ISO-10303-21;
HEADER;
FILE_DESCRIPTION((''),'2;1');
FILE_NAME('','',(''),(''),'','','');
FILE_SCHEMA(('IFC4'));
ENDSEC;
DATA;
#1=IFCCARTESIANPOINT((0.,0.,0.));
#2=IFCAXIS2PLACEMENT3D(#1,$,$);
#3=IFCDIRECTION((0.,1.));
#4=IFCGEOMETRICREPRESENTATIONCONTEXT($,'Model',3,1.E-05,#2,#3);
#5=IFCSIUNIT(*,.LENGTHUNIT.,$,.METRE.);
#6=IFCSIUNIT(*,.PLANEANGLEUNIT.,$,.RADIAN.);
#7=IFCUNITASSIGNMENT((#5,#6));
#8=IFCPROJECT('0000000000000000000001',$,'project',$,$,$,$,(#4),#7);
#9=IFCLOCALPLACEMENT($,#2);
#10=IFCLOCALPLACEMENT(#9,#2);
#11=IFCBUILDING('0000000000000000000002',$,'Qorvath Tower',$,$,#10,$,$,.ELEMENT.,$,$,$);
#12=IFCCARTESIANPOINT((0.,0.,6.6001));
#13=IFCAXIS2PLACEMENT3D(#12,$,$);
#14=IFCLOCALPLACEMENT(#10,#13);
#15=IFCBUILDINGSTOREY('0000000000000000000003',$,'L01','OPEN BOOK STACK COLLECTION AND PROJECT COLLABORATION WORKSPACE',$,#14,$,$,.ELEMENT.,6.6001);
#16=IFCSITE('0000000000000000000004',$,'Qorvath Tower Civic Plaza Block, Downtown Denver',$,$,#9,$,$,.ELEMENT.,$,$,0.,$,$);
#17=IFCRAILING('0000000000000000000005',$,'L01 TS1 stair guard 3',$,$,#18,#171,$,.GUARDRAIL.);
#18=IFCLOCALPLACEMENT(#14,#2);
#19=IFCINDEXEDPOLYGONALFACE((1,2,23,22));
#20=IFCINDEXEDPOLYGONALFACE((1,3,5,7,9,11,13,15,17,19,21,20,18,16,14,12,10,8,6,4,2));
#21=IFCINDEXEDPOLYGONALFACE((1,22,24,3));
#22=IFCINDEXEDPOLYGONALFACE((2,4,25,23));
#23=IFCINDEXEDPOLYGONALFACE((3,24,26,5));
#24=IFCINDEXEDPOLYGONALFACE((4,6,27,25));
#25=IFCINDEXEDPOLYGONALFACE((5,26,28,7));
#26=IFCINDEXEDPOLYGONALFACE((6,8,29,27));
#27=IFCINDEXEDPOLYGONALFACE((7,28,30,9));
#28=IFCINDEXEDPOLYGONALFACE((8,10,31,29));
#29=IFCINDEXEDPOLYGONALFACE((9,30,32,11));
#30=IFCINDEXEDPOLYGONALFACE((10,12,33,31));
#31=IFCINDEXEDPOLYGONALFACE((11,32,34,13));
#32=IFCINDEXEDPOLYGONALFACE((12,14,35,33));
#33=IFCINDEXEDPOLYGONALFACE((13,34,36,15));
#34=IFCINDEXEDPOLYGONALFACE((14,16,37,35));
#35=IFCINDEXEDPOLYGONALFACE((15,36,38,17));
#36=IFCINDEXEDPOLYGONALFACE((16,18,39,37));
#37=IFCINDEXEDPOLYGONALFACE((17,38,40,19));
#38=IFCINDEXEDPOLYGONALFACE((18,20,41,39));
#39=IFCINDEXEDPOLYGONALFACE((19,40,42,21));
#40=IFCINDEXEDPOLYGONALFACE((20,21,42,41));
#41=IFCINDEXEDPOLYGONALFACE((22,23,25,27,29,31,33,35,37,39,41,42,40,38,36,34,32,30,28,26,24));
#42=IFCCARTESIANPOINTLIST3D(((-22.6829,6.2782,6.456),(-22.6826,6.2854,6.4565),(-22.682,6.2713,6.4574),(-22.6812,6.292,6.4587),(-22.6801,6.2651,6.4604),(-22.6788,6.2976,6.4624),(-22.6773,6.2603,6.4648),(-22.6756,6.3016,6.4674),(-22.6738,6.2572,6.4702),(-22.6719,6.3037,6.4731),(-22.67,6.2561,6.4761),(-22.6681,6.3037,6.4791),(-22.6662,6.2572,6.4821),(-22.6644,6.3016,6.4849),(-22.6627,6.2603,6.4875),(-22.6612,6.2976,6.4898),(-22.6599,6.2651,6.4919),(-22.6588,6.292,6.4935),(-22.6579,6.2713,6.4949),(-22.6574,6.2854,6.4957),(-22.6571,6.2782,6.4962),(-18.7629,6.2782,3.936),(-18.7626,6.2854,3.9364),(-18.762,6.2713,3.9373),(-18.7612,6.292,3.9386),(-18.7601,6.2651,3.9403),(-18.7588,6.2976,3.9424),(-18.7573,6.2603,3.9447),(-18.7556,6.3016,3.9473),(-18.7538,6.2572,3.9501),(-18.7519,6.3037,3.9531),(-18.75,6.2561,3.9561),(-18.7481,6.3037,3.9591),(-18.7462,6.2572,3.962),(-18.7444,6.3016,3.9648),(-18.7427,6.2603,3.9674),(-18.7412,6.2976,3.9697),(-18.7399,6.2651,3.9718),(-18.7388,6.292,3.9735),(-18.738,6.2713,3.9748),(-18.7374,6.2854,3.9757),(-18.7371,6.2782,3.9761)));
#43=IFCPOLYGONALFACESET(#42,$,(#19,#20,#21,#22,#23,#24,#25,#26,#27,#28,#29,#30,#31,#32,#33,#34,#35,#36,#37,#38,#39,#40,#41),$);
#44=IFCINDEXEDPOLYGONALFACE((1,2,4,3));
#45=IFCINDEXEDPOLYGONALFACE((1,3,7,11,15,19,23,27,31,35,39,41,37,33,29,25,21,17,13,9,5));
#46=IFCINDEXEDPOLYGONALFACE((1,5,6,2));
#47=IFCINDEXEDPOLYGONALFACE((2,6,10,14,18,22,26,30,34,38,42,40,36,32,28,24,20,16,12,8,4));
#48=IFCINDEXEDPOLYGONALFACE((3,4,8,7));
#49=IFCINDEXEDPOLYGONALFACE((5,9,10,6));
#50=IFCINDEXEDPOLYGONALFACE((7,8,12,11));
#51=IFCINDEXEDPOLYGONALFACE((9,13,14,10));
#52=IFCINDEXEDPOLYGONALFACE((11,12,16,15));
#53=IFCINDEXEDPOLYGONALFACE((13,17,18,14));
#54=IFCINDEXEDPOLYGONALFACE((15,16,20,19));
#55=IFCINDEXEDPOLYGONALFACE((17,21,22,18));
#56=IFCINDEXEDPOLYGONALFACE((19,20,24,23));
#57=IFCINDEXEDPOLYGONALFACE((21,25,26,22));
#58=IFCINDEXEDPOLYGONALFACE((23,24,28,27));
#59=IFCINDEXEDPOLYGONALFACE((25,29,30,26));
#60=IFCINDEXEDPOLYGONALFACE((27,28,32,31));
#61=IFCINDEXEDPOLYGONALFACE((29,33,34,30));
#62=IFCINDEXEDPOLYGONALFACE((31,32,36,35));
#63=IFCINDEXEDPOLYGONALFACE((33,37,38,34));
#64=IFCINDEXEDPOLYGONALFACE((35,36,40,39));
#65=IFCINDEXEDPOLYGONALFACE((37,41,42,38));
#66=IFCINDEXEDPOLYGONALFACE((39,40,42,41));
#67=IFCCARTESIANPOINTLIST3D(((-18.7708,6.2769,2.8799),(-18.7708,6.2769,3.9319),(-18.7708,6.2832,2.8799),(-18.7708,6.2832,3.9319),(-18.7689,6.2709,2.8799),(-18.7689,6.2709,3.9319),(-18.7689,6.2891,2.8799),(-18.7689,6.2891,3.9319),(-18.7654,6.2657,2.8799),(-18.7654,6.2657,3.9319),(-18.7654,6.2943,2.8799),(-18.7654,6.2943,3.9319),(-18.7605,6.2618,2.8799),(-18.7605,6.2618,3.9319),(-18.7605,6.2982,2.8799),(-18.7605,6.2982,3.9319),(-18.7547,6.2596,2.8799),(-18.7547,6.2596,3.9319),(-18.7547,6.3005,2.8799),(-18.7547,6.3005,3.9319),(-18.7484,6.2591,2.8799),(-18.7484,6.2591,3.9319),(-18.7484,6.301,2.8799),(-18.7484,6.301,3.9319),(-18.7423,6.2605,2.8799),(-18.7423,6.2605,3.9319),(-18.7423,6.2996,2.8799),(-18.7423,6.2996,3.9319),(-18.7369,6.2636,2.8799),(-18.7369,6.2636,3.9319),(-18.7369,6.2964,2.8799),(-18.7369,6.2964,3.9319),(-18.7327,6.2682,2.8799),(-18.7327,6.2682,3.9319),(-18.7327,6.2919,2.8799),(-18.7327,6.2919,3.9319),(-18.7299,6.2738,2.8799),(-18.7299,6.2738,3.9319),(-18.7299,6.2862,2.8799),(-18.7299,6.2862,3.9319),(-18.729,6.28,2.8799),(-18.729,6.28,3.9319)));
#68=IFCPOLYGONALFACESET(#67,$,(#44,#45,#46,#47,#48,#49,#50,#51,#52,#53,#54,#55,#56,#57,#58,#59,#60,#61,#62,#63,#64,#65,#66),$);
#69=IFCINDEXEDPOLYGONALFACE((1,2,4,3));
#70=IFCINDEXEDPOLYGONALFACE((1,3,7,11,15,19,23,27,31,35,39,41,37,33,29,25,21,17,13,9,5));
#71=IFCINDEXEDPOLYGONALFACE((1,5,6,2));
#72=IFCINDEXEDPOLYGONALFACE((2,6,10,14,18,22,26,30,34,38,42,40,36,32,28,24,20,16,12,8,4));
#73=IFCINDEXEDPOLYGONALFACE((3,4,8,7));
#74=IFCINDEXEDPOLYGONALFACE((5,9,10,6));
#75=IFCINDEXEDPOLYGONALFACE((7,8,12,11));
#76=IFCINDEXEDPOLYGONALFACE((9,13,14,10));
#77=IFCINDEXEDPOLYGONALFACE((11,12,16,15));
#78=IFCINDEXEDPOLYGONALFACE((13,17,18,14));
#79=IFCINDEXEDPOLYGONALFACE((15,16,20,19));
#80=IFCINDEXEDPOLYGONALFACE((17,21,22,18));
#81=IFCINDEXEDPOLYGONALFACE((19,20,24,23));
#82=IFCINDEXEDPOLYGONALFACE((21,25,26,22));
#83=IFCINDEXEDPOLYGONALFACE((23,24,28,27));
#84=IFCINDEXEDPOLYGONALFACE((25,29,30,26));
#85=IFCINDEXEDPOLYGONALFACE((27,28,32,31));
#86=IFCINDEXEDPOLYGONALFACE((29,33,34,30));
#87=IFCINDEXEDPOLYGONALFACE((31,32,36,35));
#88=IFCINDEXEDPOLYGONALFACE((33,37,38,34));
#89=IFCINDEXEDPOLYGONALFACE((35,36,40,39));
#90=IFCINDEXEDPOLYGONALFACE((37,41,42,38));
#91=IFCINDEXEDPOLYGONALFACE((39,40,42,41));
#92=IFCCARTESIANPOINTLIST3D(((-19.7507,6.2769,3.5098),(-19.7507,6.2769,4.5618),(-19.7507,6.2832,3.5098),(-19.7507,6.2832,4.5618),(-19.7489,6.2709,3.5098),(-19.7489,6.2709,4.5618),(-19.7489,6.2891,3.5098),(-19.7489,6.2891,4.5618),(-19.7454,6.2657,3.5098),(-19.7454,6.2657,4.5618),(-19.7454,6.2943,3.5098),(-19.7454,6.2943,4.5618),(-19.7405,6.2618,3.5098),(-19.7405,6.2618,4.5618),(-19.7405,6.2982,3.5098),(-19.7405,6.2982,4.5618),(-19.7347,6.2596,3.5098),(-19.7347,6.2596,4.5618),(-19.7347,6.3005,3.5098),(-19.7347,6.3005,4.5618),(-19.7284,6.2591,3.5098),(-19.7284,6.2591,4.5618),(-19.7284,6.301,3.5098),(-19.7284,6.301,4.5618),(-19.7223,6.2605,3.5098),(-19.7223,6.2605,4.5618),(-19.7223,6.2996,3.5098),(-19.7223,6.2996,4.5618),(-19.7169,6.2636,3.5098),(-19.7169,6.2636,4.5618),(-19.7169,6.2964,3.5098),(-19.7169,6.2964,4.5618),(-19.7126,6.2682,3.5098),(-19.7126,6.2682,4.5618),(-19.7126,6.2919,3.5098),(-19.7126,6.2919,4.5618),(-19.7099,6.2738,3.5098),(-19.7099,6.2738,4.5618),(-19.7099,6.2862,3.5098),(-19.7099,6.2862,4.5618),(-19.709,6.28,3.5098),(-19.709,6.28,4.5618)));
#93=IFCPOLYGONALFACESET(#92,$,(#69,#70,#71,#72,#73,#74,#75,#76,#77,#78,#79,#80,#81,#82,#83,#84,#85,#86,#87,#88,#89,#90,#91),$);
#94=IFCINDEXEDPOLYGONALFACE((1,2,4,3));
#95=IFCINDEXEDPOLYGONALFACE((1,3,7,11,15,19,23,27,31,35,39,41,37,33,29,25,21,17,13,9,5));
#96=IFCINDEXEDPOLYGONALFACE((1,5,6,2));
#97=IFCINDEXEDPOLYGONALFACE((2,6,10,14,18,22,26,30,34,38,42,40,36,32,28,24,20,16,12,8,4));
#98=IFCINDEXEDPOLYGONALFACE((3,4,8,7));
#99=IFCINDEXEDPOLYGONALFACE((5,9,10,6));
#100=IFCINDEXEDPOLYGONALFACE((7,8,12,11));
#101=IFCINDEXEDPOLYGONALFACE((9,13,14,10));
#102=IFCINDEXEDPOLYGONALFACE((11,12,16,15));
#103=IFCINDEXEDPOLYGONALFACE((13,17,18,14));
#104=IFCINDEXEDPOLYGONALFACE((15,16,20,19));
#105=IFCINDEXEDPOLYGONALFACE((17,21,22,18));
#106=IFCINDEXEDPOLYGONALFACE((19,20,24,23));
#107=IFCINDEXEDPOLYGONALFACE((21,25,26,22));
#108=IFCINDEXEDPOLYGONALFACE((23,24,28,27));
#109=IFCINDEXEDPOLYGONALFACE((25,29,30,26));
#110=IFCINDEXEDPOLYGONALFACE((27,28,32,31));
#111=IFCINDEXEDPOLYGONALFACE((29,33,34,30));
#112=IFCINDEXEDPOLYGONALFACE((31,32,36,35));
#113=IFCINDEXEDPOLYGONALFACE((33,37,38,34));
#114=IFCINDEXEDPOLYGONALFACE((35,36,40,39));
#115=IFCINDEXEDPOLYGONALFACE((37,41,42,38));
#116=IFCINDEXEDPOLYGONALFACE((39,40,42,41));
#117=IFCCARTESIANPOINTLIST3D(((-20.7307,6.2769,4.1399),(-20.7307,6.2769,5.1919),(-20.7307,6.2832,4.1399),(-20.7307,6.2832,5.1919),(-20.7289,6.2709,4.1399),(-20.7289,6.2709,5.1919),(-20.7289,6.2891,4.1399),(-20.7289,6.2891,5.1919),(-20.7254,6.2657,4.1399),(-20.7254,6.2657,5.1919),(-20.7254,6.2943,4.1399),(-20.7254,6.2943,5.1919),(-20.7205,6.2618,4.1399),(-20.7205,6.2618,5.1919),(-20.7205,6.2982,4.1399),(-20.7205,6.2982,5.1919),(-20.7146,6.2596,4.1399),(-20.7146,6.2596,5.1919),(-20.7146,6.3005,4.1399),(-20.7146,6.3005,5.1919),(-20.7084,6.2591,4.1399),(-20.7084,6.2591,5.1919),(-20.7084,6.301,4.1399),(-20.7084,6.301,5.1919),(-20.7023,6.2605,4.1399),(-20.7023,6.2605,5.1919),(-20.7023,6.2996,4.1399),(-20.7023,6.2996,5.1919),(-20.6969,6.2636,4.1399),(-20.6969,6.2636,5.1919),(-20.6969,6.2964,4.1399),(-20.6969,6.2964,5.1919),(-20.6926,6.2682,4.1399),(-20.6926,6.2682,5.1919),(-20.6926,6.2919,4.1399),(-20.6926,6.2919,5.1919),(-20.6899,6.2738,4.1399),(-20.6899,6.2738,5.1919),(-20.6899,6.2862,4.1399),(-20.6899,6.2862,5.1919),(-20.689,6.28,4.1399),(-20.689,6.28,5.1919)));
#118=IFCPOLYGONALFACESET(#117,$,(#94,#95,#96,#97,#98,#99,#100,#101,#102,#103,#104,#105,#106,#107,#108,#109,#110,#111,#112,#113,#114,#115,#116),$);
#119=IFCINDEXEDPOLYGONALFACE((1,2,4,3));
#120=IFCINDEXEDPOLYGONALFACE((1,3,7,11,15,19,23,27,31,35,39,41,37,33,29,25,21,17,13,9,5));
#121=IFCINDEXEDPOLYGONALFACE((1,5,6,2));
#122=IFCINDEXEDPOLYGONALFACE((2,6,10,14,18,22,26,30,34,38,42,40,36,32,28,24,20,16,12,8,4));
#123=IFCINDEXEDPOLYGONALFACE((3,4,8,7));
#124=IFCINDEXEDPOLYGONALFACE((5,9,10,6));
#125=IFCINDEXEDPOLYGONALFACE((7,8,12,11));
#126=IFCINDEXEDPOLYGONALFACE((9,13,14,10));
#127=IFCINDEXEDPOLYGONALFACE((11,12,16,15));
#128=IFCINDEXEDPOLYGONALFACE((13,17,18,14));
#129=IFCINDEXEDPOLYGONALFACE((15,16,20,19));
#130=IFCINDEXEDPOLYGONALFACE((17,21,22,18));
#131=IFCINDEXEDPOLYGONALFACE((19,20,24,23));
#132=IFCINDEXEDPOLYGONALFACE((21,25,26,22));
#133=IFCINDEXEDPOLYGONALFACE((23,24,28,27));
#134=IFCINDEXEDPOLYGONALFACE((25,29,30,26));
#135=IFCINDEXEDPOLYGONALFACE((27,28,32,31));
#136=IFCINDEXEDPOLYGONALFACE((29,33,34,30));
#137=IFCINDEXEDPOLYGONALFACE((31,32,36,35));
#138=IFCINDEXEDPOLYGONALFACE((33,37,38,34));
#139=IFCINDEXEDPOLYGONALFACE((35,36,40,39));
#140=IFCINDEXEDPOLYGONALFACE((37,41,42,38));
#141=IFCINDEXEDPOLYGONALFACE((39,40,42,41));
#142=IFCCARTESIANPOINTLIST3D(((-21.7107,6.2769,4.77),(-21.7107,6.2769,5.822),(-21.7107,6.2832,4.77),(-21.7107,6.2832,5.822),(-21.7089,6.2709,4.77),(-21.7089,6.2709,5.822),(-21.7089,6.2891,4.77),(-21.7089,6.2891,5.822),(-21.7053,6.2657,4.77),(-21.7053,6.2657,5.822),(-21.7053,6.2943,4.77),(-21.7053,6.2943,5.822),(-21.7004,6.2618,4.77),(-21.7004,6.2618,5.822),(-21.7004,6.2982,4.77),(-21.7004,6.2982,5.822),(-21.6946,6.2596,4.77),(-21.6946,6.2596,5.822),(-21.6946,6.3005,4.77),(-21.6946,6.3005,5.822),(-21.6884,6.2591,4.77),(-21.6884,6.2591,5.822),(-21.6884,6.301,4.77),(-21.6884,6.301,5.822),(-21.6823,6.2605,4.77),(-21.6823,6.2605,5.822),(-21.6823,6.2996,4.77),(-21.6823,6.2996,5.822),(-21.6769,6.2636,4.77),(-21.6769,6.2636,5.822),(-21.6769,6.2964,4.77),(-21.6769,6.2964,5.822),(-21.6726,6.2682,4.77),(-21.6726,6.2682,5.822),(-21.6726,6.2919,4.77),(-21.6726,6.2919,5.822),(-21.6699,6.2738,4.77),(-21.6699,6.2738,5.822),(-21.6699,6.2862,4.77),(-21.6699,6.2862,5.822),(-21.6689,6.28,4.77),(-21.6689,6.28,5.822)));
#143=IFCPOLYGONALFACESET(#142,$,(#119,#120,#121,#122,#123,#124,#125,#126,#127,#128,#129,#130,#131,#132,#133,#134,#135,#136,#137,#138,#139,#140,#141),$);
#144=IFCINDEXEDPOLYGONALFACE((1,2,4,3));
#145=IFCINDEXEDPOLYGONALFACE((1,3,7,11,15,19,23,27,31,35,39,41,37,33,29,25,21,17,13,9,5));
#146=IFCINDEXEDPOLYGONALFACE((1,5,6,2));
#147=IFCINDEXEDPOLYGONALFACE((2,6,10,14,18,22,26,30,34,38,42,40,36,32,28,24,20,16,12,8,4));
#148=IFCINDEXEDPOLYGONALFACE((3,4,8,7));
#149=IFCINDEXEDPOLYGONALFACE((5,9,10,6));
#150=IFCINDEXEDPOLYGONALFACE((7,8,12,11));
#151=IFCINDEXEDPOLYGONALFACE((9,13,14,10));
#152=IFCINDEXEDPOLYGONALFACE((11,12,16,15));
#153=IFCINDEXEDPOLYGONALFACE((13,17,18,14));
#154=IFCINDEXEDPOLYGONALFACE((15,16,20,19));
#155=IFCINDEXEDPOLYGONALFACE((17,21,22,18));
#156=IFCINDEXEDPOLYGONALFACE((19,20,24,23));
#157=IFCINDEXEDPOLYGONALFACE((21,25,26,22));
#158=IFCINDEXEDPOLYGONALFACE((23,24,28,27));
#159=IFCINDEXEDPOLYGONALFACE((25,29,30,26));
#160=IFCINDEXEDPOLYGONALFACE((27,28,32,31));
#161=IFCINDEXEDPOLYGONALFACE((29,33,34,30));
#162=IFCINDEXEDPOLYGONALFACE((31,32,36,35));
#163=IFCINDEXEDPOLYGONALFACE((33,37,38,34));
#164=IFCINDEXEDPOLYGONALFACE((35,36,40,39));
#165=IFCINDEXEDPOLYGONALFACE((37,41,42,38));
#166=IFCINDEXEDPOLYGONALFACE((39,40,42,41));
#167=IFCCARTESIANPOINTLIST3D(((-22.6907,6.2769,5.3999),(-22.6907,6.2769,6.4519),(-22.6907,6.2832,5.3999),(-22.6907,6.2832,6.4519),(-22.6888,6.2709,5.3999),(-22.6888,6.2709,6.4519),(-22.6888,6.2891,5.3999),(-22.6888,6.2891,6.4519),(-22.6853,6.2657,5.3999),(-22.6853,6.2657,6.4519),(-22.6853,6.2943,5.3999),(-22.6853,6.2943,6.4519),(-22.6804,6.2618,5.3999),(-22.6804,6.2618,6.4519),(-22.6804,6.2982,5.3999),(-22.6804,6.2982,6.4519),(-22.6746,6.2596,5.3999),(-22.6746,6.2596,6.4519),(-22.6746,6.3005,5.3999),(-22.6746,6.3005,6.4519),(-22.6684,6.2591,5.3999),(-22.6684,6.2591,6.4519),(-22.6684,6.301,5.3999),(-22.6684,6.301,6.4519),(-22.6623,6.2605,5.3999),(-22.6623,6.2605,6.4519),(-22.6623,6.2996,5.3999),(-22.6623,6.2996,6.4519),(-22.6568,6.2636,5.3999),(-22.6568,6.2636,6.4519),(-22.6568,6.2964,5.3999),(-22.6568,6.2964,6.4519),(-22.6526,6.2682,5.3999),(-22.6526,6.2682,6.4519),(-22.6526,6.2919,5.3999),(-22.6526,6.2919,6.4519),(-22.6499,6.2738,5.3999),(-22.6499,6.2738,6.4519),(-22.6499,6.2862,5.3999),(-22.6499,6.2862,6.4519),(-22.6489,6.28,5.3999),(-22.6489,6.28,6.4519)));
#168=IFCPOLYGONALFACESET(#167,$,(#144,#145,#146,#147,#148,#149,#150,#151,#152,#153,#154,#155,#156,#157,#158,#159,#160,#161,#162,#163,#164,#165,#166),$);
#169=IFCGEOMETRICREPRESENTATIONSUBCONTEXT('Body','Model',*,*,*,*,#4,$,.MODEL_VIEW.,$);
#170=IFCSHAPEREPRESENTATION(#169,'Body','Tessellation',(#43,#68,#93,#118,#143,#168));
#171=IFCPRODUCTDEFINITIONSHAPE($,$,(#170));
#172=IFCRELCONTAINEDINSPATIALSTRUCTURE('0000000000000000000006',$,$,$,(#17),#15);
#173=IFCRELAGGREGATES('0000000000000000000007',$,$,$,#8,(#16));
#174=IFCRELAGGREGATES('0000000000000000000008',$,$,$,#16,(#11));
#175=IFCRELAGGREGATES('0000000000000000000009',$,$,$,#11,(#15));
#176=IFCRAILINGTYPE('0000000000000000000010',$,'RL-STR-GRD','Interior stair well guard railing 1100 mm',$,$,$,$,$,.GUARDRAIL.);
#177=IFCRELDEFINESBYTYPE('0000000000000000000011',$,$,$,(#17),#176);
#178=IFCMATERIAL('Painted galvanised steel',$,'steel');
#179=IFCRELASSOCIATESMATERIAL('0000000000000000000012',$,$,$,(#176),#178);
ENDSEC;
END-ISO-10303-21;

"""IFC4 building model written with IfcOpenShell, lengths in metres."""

from ifc_helpers import new_model, si_unit, direction, frame, origin, origin_2d, place, context, subcontext, project, spatial, circle, extrude, material, type_object, element, save


model = new_model("IFC4")

# Units and contexts
model_context = context("Model", 3, precision=1e-05, world=origin(), true_north=direction((0.0, 1.0)))
body_context = subcontext(model_context, "Body", "Model", "MODEL_VIEW")
ifc_project = project(units=[si_unit("LENGTHUNIT", "METRE"), si_unit("PLANEANGLEUNIT", "RADIAN")], contexts=[model_context])

# Site, building, storey
site_placement = place(None, origin())
site = spatial("IfcSite", under=ifc_project, at=site_placement, Name="Qorvath Tower Civic Plaza Block, Downtown Denver", CompositionType="ELEMENT", RefElevation=0.0)
building_placement = place(site_placement, origin())
building = spatial("IfcBuilding", under=site, at=building_placement, Name="Qorvath Tower", CompositionType="ELEMENT")
storey_placement = place(building_placement, frame((0.0, 0.0, 6.6001)))
storey = spatial("IfcBuildingStorey", under=building, at=storey_placement, Name="L01", Description="OPEN BOOK STACK COLLECTION AND PROJECT COLLABORATION WORKSPACE", CompositionType="ELEMENT", Elevation=6.6001)

# Railing
ifc_material_1 = material(Name="Painted galvanised steel", Category="steel")
railing_type_1 = type_object("IfcRailingType", Name="RL-STR-GRD", Description="Interior stair well guard railing 1100 mm", PredefinedType="GUARDRAIL", material=ifc_material_1)
railing_1_placement = place(storey_placement, frame((-18.75, 6.28, 2.8799)))
element("IfcRailing", 1, at=railing_1_placement, inside=storey, type_object=railing_type_1, Name="L01 TS1 stair guard 3", PredefinedType="GUARDRAIL", context=body_context, shape_type="SweptSolid", body=[
    extrude(circle(Radius=0.0239, at=origin_2d()), frame((0.0, 0.0, 1.0762), z_axis=(-0.841172, 0.0, 0.540768), x_axis=(0.0, -1.0, 0.0)), (0.0, 0.0, 1.0), 4.6602),
    extrude(circle(Radius=0.021, at=origin_2d()), origin(), (0.0, 0.0, 1.0), 1.052),
    extrude(circle(Radius=0.021, at=origin_2d()), frame((-0.98, 0.0, 0.6299)), (0.0, 0.0, 1.0), 1.052),
    extrude(circle(Radius=0.021, at=origin_2d()), frame((-1.96, 0.0, 1.26)), (0.0, 0.0, 1.0), 1.052),
    extrude(circle(Radius=0.021, at=origin_2d()), frame((-2.9399, 0.0, 1.8901)), (0.0, 0.0, 1.0), 1.052),
    extrude(circle(Radius=0.021, at=origin_2d()), frame((-3.9199, 0.0, 2.52)), (0.0, 0.0, 1.0), 1.052),
])

save(model, "model.ifc")
